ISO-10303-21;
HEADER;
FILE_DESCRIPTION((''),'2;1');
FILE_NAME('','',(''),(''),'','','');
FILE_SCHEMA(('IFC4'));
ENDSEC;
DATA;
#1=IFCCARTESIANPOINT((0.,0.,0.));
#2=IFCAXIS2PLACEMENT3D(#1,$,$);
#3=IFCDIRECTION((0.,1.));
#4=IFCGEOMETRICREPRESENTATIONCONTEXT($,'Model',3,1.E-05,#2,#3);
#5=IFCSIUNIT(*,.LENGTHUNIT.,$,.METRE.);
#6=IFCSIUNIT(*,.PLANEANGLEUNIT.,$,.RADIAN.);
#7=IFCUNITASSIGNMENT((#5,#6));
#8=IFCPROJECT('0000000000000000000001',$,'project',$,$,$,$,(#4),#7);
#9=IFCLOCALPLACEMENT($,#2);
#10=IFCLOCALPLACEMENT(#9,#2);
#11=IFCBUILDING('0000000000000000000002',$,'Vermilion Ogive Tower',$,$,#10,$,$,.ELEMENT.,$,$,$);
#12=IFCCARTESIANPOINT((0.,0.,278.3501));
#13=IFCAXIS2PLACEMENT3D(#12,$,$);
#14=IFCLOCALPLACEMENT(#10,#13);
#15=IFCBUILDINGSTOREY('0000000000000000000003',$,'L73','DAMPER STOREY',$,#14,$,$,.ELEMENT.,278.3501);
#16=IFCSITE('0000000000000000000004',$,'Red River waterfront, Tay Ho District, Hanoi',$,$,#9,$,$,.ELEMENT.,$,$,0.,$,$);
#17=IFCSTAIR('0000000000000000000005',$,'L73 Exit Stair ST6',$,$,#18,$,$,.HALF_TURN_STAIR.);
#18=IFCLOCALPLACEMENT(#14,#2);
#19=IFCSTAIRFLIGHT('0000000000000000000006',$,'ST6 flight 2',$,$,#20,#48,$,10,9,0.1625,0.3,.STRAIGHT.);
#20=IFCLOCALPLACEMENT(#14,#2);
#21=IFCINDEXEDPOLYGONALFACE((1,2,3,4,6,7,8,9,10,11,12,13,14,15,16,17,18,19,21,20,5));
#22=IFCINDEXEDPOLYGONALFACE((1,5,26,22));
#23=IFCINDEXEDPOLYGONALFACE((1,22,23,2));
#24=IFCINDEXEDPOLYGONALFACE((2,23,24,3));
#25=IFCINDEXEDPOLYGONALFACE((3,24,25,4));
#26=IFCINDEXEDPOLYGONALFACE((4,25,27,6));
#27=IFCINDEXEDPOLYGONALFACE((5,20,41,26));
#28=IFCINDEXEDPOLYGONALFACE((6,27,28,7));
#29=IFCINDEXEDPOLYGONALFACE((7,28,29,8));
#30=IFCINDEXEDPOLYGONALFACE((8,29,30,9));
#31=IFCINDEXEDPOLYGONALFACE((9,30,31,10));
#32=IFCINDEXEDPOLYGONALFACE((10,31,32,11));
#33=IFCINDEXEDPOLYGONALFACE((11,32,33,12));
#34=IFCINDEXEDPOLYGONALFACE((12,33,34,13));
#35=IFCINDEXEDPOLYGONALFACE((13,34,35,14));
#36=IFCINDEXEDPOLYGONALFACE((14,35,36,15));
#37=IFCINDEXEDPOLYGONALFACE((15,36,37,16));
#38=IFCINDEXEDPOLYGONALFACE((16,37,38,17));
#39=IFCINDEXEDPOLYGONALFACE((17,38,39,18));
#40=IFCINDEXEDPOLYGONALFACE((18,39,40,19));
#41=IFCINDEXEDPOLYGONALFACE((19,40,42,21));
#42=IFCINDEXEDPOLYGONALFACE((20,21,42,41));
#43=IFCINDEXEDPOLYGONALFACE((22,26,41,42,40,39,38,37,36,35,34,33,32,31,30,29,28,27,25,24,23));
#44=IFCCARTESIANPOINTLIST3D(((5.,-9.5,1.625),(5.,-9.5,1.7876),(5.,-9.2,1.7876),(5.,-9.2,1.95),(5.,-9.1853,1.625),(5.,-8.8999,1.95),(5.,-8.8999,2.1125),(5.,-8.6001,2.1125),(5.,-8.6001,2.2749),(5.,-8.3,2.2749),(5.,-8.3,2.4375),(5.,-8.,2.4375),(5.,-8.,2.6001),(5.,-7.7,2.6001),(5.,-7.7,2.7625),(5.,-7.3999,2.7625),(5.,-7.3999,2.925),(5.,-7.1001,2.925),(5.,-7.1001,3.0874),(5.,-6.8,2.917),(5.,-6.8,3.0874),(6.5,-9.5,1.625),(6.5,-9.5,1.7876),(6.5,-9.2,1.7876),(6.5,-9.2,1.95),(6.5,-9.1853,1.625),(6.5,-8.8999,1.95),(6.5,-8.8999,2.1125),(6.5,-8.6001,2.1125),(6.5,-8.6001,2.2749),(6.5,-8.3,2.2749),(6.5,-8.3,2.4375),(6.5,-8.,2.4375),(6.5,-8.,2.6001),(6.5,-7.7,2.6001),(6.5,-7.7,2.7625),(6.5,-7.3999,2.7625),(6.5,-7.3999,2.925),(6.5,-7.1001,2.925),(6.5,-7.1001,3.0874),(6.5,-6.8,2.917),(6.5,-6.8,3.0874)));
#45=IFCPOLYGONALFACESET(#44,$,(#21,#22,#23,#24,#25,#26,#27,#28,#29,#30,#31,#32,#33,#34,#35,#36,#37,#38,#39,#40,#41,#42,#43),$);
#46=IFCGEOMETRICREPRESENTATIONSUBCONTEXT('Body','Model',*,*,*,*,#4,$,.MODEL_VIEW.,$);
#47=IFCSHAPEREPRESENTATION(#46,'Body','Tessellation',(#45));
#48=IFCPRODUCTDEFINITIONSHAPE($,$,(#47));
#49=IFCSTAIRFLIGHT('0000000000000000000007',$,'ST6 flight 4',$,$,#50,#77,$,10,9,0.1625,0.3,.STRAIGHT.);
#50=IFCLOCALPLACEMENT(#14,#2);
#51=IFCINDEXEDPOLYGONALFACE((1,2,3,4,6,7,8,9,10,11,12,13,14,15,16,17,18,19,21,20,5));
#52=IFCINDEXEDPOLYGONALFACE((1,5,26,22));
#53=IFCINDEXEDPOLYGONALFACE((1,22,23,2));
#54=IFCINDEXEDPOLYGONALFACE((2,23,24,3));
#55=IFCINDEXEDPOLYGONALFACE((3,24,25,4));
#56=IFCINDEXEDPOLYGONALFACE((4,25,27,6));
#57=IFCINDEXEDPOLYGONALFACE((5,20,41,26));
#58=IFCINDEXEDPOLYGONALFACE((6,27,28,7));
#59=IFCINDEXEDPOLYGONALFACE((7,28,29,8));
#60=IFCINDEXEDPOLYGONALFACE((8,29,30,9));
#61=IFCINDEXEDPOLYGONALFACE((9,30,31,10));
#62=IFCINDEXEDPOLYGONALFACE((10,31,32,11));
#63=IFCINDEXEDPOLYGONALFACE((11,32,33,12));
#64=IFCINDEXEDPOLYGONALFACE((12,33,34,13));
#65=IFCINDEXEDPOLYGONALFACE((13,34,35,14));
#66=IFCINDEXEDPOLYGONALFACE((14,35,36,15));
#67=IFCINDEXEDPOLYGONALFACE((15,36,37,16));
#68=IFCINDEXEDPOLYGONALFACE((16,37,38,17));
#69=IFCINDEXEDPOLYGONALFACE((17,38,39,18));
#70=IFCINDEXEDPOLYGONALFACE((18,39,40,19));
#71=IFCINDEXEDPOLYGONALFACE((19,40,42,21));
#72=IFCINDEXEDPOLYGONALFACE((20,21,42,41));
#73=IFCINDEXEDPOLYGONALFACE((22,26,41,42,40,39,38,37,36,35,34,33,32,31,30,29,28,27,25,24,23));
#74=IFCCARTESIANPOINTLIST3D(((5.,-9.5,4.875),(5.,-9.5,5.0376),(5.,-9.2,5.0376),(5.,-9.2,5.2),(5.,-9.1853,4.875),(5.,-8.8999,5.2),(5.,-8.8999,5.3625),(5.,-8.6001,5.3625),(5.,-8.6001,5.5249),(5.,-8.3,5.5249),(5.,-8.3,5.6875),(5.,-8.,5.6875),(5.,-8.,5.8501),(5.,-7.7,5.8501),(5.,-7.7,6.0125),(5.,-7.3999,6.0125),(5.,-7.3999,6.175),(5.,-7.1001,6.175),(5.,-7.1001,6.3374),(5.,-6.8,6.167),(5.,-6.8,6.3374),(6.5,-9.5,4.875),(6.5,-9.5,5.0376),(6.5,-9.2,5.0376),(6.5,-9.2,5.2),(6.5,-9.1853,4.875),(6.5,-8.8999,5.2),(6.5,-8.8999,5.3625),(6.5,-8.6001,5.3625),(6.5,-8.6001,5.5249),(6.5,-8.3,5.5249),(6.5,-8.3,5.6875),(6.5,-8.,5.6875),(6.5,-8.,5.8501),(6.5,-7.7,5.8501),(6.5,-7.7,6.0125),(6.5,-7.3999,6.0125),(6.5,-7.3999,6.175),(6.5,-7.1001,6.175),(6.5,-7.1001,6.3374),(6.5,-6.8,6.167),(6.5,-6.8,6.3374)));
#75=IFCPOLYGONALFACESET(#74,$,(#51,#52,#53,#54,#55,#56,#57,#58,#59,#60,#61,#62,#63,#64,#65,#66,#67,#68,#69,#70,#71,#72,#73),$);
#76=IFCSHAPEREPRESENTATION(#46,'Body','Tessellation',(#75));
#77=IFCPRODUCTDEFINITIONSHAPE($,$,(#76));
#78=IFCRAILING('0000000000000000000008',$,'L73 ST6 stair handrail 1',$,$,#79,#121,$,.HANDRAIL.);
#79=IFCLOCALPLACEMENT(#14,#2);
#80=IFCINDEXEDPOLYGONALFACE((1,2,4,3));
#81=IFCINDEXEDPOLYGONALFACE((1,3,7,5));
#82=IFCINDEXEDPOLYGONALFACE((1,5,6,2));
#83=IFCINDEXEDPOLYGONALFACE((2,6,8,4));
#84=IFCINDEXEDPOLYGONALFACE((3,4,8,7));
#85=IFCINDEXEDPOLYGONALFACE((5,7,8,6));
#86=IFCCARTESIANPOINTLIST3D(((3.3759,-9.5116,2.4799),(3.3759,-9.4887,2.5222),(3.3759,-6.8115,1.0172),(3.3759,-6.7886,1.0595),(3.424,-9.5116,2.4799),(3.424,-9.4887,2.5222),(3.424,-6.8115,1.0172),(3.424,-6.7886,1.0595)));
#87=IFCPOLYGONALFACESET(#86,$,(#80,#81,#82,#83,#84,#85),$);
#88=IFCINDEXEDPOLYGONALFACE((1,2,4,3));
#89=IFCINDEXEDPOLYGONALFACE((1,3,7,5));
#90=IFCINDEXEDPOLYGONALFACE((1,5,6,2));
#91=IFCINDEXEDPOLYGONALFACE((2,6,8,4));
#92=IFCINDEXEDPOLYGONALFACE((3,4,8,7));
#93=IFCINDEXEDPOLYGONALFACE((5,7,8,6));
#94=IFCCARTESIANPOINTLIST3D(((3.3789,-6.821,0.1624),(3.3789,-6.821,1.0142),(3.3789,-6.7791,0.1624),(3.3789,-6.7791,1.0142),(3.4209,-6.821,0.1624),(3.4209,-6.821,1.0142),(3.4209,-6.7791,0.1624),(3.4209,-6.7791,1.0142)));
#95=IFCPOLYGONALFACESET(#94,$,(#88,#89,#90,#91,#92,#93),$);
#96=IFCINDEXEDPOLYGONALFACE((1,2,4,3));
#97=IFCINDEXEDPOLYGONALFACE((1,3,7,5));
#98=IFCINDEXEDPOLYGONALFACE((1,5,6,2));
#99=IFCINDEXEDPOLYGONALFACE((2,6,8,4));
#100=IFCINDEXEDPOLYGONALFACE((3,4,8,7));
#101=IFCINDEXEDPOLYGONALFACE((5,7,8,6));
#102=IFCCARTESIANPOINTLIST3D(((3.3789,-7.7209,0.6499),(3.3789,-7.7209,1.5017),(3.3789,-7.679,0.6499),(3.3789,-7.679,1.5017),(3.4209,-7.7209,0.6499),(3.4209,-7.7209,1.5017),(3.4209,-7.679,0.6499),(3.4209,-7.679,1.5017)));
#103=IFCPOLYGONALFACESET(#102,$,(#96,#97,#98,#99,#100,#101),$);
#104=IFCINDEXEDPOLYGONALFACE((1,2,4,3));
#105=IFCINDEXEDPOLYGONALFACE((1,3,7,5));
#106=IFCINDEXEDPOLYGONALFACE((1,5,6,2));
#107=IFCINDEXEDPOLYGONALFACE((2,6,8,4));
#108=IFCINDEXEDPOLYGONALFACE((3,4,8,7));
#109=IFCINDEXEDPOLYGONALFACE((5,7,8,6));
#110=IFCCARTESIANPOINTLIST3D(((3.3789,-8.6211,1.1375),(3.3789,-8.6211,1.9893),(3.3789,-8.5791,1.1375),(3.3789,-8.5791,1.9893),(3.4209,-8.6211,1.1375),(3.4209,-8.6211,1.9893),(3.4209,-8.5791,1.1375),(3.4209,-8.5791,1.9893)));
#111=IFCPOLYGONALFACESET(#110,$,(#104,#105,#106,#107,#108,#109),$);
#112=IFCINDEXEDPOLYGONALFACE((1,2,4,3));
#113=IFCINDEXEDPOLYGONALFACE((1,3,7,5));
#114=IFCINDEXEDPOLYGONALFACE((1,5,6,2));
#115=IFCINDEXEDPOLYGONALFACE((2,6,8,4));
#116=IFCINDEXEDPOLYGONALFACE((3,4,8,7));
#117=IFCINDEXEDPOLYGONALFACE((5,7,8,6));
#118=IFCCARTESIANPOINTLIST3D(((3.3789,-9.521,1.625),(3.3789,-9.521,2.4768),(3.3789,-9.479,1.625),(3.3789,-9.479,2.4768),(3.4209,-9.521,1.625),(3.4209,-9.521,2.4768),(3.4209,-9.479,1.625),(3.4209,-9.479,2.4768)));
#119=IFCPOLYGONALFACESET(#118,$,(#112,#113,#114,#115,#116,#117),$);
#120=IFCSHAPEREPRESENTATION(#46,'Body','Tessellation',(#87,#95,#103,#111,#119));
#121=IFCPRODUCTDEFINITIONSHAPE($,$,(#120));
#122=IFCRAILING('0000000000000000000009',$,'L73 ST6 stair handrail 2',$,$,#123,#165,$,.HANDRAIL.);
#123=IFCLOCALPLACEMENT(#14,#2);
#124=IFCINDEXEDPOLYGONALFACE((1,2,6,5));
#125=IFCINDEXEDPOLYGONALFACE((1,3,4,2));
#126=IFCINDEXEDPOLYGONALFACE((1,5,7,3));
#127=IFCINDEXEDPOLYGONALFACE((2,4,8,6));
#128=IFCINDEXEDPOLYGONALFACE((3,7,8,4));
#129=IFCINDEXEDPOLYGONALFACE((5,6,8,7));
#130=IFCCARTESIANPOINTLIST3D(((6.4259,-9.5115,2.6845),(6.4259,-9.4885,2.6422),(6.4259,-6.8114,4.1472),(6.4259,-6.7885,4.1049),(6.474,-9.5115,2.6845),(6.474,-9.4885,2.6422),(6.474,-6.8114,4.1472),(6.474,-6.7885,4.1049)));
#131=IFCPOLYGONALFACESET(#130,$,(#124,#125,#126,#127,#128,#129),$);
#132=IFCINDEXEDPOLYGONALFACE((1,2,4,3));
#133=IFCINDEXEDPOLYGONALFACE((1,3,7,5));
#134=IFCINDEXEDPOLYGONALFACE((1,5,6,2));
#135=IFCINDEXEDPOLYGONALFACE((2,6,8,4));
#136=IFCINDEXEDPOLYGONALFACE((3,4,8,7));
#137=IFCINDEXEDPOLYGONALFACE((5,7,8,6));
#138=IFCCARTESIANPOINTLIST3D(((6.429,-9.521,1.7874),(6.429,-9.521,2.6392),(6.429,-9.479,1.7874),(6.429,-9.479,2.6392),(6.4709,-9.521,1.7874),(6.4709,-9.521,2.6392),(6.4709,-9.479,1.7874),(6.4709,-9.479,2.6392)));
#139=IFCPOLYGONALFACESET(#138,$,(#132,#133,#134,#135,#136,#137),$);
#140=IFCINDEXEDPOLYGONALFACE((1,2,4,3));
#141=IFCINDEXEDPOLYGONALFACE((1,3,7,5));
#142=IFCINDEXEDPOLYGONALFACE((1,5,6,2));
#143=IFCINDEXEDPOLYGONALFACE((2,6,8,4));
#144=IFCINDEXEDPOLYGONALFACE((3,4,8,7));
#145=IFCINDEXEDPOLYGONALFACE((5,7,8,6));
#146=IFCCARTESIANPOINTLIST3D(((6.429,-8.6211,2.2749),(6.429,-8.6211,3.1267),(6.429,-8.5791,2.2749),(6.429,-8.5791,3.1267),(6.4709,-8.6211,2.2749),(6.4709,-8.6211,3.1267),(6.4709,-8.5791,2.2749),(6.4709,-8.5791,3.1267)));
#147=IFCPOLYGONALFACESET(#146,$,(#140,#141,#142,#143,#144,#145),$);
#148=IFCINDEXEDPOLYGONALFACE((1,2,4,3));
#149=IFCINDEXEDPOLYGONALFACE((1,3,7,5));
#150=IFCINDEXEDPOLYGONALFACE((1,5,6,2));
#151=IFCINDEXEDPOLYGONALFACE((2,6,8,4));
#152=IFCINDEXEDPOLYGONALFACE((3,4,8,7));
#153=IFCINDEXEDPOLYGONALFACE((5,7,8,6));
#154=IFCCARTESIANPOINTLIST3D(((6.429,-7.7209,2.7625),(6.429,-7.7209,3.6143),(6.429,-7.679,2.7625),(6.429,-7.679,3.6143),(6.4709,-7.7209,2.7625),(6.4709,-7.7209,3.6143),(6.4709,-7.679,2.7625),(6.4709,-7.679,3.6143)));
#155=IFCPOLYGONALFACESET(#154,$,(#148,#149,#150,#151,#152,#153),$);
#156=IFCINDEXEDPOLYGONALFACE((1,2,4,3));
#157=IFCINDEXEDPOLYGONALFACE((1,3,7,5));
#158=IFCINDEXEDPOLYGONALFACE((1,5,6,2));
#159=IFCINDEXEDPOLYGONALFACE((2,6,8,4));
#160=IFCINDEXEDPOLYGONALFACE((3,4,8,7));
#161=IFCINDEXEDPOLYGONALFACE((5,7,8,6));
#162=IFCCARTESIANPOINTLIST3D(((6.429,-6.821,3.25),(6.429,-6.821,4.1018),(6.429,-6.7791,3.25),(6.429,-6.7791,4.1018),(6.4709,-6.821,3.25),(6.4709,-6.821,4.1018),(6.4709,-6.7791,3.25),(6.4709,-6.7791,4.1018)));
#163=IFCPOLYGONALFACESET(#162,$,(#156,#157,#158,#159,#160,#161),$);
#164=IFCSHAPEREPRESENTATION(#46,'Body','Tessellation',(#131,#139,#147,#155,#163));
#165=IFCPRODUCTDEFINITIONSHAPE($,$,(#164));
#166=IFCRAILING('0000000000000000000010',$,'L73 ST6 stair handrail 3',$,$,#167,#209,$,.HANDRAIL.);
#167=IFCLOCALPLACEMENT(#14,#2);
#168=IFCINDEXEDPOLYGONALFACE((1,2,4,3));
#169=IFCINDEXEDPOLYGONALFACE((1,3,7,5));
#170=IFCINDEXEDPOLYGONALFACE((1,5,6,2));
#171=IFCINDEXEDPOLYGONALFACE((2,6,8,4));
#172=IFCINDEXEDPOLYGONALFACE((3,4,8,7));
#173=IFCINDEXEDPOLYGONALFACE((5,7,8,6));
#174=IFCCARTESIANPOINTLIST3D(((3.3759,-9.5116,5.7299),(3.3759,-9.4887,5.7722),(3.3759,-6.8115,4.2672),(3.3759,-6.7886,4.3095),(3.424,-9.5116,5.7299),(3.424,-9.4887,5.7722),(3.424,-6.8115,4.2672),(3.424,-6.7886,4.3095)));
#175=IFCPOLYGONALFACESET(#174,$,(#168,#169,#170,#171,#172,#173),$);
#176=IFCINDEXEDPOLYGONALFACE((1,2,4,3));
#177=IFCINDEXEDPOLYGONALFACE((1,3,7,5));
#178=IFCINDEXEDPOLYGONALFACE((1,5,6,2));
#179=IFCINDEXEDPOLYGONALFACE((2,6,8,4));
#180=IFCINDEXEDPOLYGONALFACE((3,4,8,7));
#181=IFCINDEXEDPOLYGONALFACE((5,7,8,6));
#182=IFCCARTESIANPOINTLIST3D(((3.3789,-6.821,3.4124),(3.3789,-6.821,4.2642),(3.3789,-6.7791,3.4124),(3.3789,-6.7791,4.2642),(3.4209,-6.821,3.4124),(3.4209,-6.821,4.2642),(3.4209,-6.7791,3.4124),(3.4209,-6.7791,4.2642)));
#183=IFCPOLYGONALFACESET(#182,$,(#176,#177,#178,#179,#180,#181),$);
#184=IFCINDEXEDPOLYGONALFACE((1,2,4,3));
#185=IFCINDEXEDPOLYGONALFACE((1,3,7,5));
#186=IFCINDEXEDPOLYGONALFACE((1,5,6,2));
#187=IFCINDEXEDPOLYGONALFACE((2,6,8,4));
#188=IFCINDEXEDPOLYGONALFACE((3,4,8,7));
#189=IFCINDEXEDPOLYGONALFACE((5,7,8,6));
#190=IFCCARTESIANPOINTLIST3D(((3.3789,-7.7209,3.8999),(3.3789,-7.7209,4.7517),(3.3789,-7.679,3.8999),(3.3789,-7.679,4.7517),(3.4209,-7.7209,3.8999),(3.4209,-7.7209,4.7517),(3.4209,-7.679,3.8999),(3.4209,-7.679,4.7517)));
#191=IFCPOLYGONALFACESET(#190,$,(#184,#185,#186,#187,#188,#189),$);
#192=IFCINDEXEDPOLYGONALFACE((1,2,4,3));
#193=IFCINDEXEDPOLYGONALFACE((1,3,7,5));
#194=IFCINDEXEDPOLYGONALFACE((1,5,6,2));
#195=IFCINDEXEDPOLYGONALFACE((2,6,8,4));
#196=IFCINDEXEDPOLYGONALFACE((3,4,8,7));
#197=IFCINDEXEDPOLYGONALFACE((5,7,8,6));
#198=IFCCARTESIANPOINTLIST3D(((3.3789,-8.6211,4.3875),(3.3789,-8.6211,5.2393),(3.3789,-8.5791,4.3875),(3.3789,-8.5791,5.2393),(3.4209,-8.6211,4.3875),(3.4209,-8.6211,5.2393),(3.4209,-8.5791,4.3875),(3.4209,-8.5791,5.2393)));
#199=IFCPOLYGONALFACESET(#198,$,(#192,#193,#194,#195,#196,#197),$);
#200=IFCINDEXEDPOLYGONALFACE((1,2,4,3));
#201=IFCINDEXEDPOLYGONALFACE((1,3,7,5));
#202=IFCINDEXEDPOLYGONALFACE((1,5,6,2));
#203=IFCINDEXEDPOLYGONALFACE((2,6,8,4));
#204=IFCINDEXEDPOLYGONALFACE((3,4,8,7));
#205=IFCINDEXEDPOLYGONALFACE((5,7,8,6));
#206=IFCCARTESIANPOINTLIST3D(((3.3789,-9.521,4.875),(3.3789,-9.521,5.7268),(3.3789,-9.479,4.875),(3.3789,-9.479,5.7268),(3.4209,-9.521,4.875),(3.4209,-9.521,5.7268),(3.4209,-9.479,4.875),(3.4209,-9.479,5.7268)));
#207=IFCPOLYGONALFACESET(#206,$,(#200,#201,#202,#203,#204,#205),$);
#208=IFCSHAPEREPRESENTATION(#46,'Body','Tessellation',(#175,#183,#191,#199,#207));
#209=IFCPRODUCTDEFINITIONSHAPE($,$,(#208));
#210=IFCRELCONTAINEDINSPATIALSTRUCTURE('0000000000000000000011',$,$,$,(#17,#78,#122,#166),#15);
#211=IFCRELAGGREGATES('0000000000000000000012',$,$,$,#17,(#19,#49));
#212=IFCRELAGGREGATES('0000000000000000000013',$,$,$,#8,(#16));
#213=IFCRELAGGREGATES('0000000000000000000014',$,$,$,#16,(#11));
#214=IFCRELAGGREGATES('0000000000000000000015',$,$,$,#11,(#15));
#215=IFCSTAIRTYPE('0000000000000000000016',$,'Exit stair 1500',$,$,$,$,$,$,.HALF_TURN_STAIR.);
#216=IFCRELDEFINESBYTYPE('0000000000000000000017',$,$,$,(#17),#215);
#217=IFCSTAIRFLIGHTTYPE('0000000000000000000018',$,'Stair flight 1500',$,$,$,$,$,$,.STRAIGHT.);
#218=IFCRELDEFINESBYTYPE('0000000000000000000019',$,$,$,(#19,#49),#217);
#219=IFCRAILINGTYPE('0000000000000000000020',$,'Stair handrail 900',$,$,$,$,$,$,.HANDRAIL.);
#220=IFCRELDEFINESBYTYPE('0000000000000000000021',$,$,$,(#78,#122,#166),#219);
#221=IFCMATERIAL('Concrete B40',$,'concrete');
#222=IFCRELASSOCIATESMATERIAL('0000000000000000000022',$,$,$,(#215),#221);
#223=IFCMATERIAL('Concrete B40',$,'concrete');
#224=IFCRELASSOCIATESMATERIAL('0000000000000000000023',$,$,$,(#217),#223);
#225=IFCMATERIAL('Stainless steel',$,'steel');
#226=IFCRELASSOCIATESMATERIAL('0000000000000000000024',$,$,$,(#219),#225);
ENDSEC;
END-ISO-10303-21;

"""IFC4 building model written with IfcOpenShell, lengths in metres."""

from ifc_helpers import new_model, si_unit, direction, frame, origin, origin_2d, place, context, subcontext, project, spatial, polyline, rectangle, outline, extrude, material, type_object, element, aggregate, save


model = new_model("IFC4")

# Units and contexts
model_context = context("Model", 3, precision=1e-05, world=origin(), true_north=direction((0.0, 1.0)))
body_context = subcontext(model_context, "Body", "Model", "MODEL_VIEW")
ifc_project = project(units=[si_unit("LENGTHUNIT", "METRE"), si_unit("PLANEANGLEUNIT", "RADIAN")], contexts=[model_context])

# Site, building, storey
site_placement = place(None, origin())
site = spatial("IfcSite", under=ifc_project, at=site_placement, Name="Red River waterfront, Tay Ho District, Hanoi", CompositionType="ELEMENT", RefElevation=0.0)
building_placement = place(site_placement, origin())
building = spatial("IfcBuilding", under=site, at=building_placement, Name="Vermilion Ogive Tower", CompositionType="ELEMENT")
storey_placement = place(building_placement, frame((0.0, 0.0, 278.3501)))
storey = spatial("IfcBuildingStorey", under=building, at=storey_placement, Name="L73", Description="DAMPER STOREY", CompositionType="ELEMENT", Elevation=278.3501)

# Stair, stair flights
ifc_material_1 = material(Name="Concrete B40", Category="concrete")
stair_type = type_object("IfcStairType", Name="Exit stair 1500", PredefinedType="HALF_TURN_STAIR", material=ifc_material_1)
stair_placement = place(storey_placement, origin())
stair = element("IfcStair", 1, at=stair_placement, inside=storey, type_object=stair_type, Name="L73 Exit Stair ST6", PredefinedType="HALF_TURN_STAIR")
ifc_material_2 = material(Name="Concrete B40", Category="concrete")
stair_flight_type = type_object("IfcStairFlightType", Name="Stair flight 1500", PredefinedType="STRAIGHT", material=ifc_material_2)
stair_flight_1_placement = place(storey_placement, frame((5.75, -9.5, 1.625), z_axis=(0.0, 0.0, 1.0), x_axis=(0.0, 1.0, 0.0)))
stair_flight_1 = element("IfcStairFlight", 2, at=stair_flight_1_placement, type_object=stair_flight_type, Name="ST6 flight 2", NumberOfRisers=10, NumberOfTreads=9, PredefinedType="STRAIGHT", RiserHeight=0.1625, TreadLength=0.3, context=body_context, shape_type="SweptSolid", body=[
    extrude(outline(polyline([(0.0, 0.0), (0.0, 0.1626), (0.3, 0.1626), (0.3, 0.325), (0.6001, 0.325), (0.6001, 0.4875), (0.8999, 0.4875), (0.8999, 0.6499), (1.2, 0.6499), (1.2, 0.8125), (1.5, 0.8125), (1.5, 0.9751), (1.8, 0.9751), (1.8, 1.1375), (2.1001, 1.1375), (2.1001, 1.3), (2.3999, 1.3), (2.3999, 1.4624), (2.7, 1.4624), (2.7, 1.625), (2.7, 1.292), (0.3147, 0.0), (0.0, 0.0)])), frame((0.0, 0.75, 0.0), z_axis=(0.0, -1.0, 0.0), x_axis=(1.0, 0.0, 0.0)), (0.0, 0.0, 1.0), 1.5),
])
stair_flight_2_placement = place(storey_placement, frame((5.75, -9.5, 4.875), z_axis=(0.0, 0.0, 1.0), x_axis=(0.0, 1.0, 0.0)))
stair_flight_2 = element("IfcStairFlight", 3, at=stair_flight_2_placement, type_object=stair_flight_type, Name="ST6 flight 4", NumberOfRisers=10, NumberOfTreads=9, PredefinedType="STRAIGHT", RiserHeight=0.1625, TreadLength=0.3, context=body_context, shape_type="SweptSolid", body=[
    extrude(outline(polyline([(0.0, 0.0), (0.0, 0.1626), (0.3, 0.1626), (0.3, 0.325), (0.6001, 0.325), (0.6001, 0.4875), (0.8999, 0.4875), (0.8999, 0.6499), (1.2, 0.6499), (1.2, 0.8125), (1.5, 0.8125), (1.5, 0.9751), (1.8, 0.9751), (1.8, 1.1375), (2.1001, 1.1375), (2.1001, 1.3), (2.3999, 1.3), (2.3999, 1.4624), (2.7, 1.4624), (2.7, 1.625), (2.7, 1.292), (0.3147, 0.0), (0.0, 0.0)])), frame((0.0, 0.75, 0.0), z_axis=(0.0, -1.0, 0.0), x_axis=(1.0, 0.0, 0.0)), (0.0, 0.0, 1.0), 1.5),
])
aggregate(stair, [stair_flight_1, stair_flight_2])

# Railings
ifc_material_3 = material(Name="Stainless steel", Category="steel")
railing_type = type_object("IfcRailingType", Name="Stair handrail 900", PredefinedType="HANDRAIL", material=ifc_material_3)
railing_1_placement = place(storey_placement, frame((3.3999, -6.8, 0.1624)))
element("IfcRailing", 4, at=railing_1_placement, inside=storey, type_object=railing_type, Name="L73 ST6 stair handrail 1", PredefinedType="HANDRAIL", context=body_context, shape_type="SweptSolid", body=[
    extrude(rectangle(XDim=0.0481, YDim=0.0481, at=origin_2d()), frame((0.0, 0.0, 0.876), z_axis=(0.0, -0.879268, 0.476327), x_axis=(1.0, 0.0, 0.0)), (0.0, 0.0, 1.0), 3.0708),
    extrude(rectangle(XDim=0.042, YDim=0.042, at=origin_2d()), origin(), (0.0, 0.0, 1.0), 0.8518),
    extrude(rectangle(XDim=0.042, YDim=0.042, at=origin_2d()), frame((0.0, -0.8999, 0.4875)), (0.0, 0.0, 1.0), 0.8518),
    extrude(rectangle(XDim=0.042, YDim=0.042, at=origin_2d()), frame((0.0, -1.8, 0.9751)), (0.0, 0.0, 1.0), 0.8518),
    extrude(rectangle(XDim=0.042, YDim=0.042, at=origin_2d()), frame((0.0, -2.7, 1.4626)), (0.0, 0.0, 1.0), 0.8518),
])
railing_2_placement = place(storey_placement, frame((6.45, -9.5, 1.7874)))
element("IfcRailing", 5, at=railing_2_placement, inside=storey, type_object=railing_type, Name="L73 ST6 stair handrail 2", PredefinedType="HANDRAIL", context=body_context, shape_type="SweptSolid", body=[
    extrude(rectangle(XDim=0.0481, YDim=0.0481, at=origin_2d()), frame((0.0, 0.0, 0.876), z_axis=(0.0, 0.879268, 0.476327), x_axis=(-1.0, 0.0, 0.0)), (0.0, 0.0, 1.0), 3.0708),
    extrude(rectangle(XDim=0.042, YDim=0.042, at=origin_2d()), origin(), (0.0, 0.0, 1.0), 0.8518),
    extrude(rectangle(XDim=0.042, YDim=0.042, at=origin_2d()), frame((0.0, 0.8999, 0.4875)), (0.0, 0.0, 1.0), 0.8518),
    extrude(rectangle(XDim=0.042, YDim=0.042, at=origin_2d()), frame((0.0, 1.8, 0.9751)), (0.0, 0.0, 1.0), 0.8518),
    extrude(rectangle(XDim=0.042, YDim=0.042, at=origin_2d()), frame((0.0, 2.7, 1.4626)), (0.0, 0.0, 1.0), 0.8518),
])
railing_3_placement = place(storey_placement, frame((3.3999, -6.8, 3.4124)))
element("IfcRailing", 6, at=railing_3_placement, inside=storey, type_object=railing_type, Name="L73 ST6 stair handrail 3", PredefinedType="HANDRAIL", context=body_context, shape_type="SweptSolid", body=[
    extrude(rectangle(XDim=0.0481, YDim=0.0481, at=origin_2d()), frame((0.0, 0.0, 0.876), z_axis=(0.0, -0.879268, 0.476327), x_axis=(1.0, 0.0, 0.0)), (0.0, 0.0, 1.0), 3.0708),
    extrude(rectangle(XDim=0.042, YDim=0.042, at=origin_2d()), origin(), (0.0, 0.0, 1.0), 0.8518),
    extrude(rectangle(XDim=0.042, YDim=0.042, at=origin_2d()), frame((0.0, -0.8999, 0.4875)), (0.0, 0.0, 1.0), 0.8518),
    extrude(rectangle(XDim=0.042, YDim=0.042, at=origin_2d()), frame((0.0, -1.8, 0.9751)), (0.0, 0.0, 1.0), 0.8518),
    extrude(rectangle(XDim=0.042, YDim=0.042, at=origin_2d()), frame((0.0, -2.7, 1.4626)), (0.0, 0.0, 1.0), 0.8518),
])

save(model, "model.ifc")
